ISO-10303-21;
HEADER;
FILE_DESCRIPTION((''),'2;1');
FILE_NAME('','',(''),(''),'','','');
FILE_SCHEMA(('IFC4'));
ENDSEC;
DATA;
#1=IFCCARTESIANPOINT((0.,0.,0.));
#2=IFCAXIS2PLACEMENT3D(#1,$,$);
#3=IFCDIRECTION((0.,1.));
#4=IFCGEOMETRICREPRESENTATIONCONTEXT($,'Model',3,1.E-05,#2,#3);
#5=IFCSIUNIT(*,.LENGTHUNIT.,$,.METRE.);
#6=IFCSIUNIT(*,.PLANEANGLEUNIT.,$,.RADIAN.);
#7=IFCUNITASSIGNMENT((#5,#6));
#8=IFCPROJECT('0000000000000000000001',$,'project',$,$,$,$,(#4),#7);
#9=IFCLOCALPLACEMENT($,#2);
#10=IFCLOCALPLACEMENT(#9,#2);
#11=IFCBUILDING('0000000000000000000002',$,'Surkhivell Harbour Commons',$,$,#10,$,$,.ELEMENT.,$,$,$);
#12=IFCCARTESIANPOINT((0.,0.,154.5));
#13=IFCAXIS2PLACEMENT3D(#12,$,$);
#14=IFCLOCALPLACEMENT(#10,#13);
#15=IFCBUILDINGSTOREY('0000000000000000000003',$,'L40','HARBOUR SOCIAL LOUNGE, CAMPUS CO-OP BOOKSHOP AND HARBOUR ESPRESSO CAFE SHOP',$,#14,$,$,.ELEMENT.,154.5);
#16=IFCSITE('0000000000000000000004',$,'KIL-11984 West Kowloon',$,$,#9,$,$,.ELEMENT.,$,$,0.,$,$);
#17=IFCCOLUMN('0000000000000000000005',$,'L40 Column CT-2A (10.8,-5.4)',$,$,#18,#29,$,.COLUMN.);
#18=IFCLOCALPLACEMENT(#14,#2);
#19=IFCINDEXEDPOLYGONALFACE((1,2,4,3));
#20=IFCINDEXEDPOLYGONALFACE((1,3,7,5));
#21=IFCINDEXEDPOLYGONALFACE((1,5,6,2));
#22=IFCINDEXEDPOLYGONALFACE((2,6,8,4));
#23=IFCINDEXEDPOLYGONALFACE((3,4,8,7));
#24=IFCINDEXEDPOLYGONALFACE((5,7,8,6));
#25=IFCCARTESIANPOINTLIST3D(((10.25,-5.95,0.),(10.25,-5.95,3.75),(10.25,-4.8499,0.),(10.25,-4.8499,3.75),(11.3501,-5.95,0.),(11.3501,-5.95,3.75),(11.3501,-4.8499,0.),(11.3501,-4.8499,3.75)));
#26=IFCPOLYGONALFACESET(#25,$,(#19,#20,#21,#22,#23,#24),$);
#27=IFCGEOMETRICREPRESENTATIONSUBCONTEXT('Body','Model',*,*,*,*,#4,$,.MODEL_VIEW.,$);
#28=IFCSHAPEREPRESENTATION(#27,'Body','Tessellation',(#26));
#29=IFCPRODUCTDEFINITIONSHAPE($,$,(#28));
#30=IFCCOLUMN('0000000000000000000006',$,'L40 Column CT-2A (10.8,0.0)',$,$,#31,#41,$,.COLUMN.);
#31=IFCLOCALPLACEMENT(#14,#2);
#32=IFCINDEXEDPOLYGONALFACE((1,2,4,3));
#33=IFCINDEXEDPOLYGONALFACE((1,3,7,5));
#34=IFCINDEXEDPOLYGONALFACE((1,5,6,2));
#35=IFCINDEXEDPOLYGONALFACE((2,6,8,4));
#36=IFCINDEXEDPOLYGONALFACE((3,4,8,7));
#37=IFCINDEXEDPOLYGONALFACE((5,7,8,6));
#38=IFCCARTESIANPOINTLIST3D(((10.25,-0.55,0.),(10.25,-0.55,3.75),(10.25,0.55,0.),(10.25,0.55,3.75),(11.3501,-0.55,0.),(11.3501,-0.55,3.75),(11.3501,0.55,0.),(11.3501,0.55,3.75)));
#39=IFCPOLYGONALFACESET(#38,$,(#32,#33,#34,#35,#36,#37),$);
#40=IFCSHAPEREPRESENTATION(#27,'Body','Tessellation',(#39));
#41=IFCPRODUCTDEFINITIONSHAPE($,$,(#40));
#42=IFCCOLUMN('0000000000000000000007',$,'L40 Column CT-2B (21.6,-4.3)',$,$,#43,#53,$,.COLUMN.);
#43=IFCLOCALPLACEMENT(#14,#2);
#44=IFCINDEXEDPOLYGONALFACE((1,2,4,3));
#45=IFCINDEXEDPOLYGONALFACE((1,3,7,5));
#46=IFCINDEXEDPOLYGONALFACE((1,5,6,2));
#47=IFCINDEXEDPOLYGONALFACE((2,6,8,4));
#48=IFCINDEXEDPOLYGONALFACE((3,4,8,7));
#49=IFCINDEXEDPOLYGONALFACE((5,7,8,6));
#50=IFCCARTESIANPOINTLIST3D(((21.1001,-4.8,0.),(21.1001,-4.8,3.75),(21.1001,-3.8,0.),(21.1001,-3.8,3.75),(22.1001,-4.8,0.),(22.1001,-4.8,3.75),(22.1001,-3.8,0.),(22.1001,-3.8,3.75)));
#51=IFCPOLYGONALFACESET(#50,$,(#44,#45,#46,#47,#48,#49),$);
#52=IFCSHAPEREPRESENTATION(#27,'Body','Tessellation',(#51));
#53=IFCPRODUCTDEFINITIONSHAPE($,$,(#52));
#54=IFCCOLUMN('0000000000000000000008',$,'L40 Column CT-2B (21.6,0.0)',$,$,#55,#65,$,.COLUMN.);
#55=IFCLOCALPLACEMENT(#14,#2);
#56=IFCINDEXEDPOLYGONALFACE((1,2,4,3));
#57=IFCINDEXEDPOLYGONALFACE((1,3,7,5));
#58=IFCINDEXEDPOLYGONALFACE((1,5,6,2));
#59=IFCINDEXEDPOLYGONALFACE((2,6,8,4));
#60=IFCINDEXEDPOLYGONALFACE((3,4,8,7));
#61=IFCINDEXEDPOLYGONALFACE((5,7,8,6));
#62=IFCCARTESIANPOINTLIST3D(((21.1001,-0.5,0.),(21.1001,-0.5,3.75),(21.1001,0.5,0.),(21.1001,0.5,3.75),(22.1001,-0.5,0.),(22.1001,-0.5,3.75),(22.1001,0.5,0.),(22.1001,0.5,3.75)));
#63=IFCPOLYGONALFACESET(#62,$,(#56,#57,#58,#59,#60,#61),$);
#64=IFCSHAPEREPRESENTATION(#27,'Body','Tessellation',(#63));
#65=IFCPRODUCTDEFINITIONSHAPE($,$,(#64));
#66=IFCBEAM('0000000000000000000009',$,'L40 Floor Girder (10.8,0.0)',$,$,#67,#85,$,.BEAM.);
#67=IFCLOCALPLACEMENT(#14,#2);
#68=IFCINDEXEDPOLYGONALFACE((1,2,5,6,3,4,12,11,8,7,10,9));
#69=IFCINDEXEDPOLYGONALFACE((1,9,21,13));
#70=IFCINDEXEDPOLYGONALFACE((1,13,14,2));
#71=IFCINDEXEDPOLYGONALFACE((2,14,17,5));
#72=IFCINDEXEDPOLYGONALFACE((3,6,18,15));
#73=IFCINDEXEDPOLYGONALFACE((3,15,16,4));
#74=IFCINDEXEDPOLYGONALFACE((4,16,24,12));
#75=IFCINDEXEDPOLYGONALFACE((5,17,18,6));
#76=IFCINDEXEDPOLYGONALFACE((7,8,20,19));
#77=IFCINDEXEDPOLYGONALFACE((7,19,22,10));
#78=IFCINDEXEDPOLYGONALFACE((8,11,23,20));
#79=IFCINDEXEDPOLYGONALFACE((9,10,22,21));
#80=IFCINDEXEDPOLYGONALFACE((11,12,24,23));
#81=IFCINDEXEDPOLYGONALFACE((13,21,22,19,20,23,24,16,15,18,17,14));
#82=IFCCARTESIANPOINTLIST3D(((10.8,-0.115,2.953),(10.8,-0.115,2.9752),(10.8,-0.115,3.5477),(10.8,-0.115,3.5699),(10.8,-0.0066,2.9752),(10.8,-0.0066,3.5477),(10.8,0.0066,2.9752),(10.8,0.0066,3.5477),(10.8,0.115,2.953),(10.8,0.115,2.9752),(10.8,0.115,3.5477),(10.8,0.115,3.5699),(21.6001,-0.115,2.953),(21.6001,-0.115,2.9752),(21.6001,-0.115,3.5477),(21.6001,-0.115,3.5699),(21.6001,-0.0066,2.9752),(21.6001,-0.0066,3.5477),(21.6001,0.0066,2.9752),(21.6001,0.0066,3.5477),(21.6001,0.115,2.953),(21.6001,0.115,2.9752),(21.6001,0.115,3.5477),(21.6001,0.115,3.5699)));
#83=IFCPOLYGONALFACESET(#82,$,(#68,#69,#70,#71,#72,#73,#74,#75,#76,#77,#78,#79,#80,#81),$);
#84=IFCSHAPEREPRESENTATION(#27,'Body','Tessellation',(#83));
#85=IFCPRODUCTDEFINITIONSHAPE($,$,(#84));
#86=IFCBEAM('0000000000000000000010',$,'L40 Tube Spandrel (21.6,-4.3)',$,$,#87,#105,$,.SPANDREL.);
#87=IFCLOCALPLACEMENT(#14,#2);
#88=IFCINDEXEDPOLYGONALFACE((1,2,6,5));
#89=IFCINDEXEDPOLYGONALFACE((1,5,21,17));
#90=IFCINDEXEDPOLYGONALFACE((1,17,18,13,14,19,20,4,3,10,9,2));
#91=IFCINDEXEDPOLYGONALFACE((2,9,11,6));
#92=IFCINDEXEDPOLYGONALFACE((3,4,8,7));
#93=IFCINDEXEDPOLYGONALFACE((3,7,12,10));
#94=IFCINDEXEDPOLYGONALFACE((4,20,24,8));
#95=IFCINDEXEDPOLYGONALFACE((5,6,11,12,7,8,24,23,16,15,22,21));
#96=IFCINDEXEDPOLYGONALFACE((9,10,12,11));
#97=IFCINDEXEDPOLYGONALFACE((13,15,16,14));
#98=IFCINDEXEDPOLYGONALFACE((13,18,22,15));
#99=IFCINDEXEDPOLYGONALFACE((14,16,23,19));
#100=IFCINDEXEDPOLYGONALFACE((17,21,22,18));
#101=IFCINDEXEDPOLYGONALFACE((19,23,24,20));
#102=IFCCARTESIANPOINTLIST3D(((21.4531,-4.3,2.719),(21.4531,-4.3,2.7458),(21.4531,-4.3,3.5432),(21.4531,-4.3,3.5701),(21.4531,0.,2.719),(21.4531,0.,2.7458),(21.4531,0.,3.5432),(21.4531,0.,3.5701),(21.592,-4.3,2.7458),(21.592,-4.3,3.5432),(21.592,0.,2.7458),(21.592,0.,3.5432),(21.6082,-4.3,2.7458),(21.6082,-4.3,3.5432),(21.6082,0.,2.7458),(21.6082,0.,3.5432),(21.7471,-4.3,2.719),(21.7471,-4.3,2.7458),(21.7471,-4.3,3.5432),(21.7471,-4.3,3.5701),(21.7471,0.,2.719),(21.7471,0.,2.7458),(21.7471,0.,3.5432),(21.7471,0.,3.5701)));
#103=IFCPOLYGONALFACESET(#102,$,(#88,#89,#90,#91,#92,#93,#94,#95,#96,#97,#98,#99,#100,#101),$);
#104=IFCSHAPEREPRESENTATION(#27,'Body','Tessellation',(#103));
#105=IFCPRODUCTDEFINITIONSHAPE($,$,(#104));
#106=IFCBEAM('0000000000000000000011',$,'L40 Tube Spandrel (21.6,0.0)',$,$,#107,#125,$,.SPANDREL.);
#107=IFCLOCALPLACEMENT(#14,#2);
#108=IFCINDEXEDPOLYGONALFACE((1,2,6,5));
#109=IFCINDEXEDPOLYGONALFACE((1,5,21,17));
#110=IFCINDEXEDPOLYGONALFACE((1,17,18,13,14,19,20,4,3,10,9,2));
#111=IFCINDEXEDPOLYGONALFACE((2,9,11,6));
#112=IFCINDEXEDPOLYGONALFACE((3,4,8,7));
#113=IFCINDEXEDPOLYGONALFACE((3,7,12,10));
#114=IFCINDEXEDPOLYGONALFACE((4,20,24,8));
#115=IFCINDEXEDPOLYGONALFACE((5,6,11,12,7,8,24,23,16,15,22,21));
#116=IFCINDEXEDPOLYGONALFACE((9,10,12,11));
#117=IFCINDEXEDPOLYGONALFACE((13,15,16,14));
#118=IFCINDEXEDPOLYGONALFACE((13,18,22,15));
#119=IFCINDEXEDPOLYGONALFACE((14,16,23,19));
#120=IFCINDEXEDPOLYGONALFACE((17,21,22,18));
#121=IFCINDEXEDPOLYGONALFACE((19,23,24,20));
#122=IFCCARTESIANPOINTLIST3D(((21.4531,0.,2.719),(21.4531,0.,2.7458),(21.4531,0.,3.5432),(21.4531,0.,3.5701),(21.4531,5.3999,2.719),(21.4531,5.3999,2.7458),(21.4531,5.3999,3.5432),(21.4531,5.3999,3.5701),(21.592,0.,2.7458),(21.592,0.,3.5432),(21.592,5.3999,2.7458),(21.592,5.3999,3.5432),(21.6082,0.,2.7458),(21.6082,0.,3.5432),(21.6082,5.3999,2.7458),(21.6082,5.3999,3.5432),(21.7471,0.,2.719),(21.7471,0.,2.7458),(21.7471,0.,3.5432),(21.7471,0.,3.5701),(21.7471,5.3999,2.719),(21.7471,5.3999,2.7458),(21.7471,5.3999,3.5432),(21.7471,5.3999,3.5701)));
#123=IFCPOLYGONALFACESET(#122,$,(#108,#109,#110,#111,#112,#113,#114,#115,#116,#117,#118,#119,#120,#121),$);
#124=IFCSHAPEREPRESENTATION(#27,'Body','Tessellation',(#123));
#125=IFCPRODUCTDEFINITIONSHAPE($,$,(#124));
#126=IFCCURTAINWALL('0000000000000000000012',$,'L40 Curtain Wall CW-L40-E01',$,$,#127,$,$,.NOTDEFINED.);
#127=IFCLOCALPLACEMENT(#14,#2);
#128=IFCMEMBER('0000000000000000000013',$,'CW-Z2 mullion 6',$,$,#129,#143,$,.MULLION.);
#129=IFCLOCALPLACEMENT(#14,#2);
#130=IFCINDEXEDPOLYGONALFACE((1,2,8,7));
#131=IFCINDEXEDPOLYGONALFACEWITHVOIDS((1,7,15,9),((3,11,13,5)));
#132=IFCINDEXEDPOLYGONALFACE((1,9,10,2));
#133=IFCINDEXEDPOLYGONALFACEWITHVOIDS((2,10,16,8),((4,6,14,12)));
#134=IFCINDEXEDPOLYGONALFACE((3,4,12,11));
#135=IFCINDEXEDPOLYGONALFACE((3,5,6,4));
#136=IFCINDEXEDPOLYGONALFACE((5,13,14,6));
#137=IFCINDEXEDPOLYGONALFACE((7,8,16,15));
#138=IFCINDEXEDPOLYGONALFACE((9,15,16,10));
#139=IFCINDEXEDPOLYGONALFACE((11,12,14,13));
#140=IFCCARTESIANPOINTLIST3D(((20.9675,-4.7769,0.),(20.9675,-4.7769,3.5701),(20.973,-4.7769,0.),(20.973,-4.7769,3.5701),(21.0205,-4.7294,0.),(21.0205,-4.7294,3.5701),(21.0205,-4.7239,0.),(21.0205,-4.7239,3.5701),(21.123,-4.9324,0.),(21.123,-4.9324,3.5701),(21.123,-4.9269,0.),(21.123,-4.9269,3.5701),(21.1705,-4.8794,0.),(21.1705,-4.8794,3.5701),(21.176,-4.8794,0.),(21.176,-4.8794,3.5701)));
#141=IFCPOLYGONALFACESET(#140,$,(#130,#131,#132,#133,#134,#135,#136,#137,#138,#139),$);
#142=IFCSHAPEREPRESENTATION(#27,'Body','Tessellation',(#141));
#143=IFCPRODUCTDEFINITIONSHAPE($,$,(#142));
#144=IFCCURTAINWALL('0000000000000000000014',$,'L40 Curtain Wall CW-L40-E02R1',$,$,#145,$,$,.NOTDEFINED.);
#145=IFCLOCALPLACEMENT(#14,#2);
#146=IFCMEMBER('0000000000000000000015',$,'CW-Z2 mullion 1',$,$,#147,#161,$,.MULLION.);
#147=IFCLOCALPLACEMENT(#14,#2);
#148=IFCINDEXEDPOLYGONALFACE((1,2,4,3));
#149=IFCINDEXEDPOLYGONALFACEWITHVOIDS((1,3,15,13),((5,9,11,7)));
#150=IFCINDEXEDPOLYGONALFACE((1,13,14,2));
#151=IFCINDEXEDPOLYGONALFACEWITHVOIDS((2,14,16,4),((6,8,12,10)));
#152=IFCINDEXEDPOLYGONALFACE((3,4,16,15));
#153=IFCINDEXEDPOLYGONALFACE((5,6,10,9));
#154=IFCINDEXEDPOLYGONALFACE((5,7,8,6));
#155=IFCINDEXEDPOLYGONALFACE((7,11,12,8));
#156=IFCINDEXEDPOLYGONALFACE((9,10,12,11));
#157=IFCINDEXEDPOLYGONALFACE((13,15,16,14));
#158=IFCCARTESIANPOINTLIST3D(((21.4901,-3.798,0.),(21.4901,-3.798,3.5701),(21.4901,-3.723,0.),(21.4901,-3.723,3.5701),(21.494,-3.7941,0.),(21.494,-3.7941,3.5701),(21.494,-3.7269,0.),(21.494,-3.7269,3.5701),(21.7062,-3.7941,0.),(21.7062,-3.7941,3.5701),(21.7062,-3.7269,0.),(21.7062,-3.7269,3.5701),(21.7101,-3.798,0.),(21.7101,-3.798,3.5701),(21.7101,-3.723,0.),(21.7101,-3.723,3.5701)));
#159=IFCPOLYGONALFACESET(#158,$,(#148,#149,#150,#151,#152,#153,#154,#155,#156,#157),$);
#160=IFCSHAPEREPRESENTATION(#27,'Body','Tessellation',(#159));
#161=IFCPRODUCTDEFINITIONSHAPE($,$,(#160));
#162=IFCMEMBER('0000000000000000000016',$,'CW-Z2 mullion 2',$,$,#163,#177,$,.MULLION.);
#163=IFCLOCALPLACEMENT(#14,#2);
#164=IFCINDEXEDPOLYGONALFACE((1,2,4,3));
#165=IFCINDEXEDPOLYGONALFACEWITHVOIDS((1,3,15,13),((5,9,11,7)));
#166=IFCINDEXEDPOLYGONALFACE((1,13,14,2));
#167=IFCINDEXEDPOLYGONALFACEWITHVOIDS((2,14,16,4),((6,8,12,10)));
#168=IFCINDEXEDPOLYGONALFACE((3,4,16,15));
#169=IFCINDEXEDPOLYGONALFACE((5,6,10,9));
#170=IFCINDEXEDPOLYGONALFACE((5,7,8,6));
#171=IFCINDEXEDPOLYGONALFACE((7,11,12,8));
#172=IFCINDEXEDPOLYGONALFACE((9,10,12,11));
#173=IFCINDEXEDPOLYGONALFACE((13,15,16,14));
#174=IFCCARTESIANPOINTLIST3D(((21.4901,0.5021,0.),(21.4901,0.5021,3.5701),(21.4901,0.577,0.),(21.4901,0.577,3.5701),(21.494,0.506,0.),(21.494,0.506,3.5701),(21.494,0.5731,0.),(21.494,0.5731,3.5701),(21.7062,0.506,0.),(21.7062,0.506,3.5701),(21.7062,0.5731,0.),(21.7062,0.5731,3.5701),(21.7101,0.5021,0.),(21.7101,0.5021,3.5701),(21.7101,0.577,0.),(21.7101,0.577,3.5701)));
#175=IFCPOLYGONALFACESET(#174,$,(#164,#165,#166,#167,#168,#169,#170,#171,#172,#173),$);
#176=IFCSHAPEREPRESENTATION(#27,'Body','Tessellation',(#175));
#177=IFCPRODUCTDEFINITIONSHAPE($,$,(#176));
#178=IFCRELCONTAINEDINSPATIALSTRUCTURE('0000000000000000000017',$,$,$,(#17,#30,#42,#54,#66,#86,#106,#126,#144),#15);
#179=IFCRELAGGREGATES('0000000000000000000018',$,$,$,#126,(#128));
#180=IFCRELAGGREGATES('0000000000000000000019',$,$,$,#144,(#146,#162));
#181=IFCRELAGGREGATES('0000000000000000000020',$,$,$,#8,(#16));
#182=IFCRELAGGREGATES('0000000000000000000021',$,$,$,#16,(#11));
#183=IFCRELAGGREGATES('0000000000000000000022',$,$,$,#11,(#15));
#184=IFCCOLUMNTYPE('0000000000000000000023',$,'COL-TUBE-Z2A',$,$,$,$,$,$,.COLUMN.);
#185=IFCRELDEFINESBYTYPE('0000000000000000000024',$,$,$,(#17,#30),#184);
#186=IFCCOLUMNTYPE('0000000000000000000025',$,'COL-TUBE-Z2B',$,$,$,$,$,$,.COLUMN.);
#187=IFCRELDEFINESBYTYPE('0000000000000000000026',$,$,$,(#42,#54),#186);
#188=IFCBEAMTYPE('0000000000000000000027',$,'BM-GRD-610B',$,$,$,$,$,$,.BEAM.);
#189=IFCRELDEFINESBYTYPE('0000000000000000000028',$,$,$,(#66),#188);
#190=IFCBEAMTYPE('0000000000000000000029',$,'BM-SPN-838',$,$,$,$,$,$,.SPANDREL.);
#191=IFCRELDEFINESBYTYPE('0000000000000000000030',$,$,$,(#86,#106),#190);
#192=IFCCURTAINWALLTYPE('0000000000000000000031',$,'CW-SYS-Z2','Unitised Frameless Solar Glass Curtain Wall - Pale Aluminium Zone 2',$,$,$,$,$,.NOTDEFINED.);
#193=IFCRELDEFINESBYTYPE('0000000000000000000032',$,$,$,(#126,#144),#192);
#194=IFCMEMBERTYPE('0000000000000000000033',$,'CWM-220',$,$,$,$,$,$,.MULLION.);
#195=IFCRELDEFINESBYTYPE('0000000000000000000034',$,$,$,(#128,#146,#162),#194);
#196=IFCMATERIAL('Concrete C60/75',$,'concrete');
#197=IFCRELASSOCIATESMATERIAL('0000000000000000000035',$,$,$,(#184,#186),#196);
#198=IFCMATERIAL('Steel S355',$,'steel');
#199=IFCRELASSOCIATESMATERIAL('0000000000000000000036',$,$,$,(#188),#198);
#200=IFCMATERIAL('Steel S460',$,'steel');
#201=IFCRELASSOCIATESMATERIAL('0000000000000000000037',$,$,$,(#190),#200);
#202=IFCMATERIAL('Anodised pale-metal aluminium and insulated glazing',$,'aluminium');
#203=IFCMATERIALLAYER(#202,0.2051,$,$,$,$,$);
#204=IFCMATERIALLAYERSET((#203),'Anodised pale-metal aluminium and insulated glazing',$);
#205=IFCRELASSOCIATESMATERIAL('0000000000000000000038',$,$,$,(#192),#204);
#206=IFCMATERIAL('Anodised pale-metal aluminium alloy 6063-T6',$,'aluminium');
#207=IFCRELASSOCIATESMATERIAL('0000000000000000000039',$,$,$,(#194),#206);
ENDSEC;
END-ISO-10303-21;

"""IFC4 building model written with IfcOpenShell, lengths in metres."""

from ifc_helpers import new_model, si_unit, direction, frame, origin, origin_2d, place, context, subcontext, project, spatial, rectangle, hollow_rectangle, i_section, extrude, material, layer, layer_set, material_profile, profile_set, type_object, element, aggregate, save


model = new_model("IFC4")

# Units and contexts
model_context = context("Model", 3, precision=1e-05, world=origin(), true_north=direction((0.0, 1.0)))
body_context = subcontext(model_context, "Body", "Model", "MODEL_VIEW")
ifc_project = project(units=[si_unit("LENGTHUNIT", "METRE"), si_unit("PLANEANGLEUNIT", "RADIAN")], contexts=[model_context])

# Site, building, storey
site_placement = place(None, origin())
site = spatial("IfcSite", under=ifc_project, at=site_placement, Name="KIL-11984 West Kowloon", CompositionType="ELEMENT", RefElevation=0.0)
building_placement = place(site_placement, origin())
building = spatial("IfcBuilding", under=site, at=building_placement, Name="Surkhivell Harbour Commons", CompositionType="ELEMENT")
storey_placement = place(building_placement, frame((0.0, 0.0, 154.5)))
storey = spatial("IfcBuildingStorey", under=building, at=storey_placement, Name="L40", Description="HARBOUR SOCIAL LOUNGE, CAMPUS CO-OP BOOKSHOP AND HARBOUR ESPRESSO CAFE SHOP", CompositionType="ELEMENT", Elevation=154.5)

# Columns
ifc_material_1 = material(Name="Concrete C60/75", Category="concrete")
ifc_material_profile_1 = material_profile(ifc_material_1, rectangle(XDim=1.1001, YDim=1.1001, at=origin_2d()), Name="RC-COL-1100x1100")
ifc_profile_set_1 = profile_set([ifc_material_profile_1], Name="Concrete C60/75")
column_type_1 = type_object("IfcColumnType", Name="COL-TUBE-Z2A", PredefinedType="COLUMN", material=ifc_profile_set_1)
for number, where, z_axis, x_axis, name in (
    (1, (10.8, -5.3999, 0.0), (0.0, 0.0, 1.0), (1.0, 0.0, 0.0), "L40 Column CT-2A (10.8,-5.4)"),
    (2, (10.8, 0.0, 0.0), (0.0, 0.0, 1.0), (1.0, 0.0, 0.0), "L40 Column CT-2A (10.8,0.0)"),
):
    element("IfcColumn", number, at=place(storey_placement, frame(where, z_axis=z_axis, x_axis=x_axis)), inside=storey, type_object=column_type_1, Name=name, PredefinedType="COLUMN", context=body_context, shape_type="SweptSolid", body=[
        extrude(rectangle(XDim=1.1001, YDim=1.1001, at=origin_2d()), origin(), (0.0, 0.0, 1.0), 3.75),
    ])
ifc_material_profile_2 = material_profile(ifc_material_1, rectangle(XDim=1.0, YDim=1.0, at=origin_2d()), Name="RC-COL-1000x1000")
ifc_profile_set_2 = profile_set([ifc_material_profile_2], Name="Concrete C60/75")
column_type_2 = type_object("IfcColumnType", Name="COL-TUBE-Z2B", PredefinedType="COLUMN", material=ifc_profile_set_2)
for number, where, z_axis, x_axis, name in (
    (3, (21.6001, -4.3, 0.0), (0.0, 0.0, 1.0), (1.0, 0.0, 0.0), "L40 Column CT-2B (21.6,-4.3)"),
    (4, (21.6001, 0.0, 0.0), (0.0, 0.0, 1.0), (1.0, 0.0, 0.0), "L40 Column CT-2B (21.6,0.0)"),
):
    element("IfcColumn", number, at=place(storey_placement, frame(where, z_axis=z_axis, x_axis=x_axis)), inside=storey, type_object=column_type_2, Name=name, PredefinedType="COLUMN", context=body_context, shape_type="SweptSolid", body=[
        extrude(rectangle(XDim=1.0, YDim=1.0, at=origin_2d()), origin(), (0.0, 0.0, 1.0), 3.75),
    ])

# Beams
ifc_material_2 = material(Name="Steel S355", Category="steel")
ifc_material_profile_3 = material_profile(ifc_material_2, i_section(OverallWidth=0.23, OverallDepth=0.6169, WebThickness=0.0132, FlangeThickness=0.0222, at=origin_2d()), Name="UB610x229x140")
ifc_profile_set_3 = profile_set([ifc_material_profile_3], Name="Steel S355")
beam_type_1 = type_object("IfcBeamType", Name="BM-GRD-610B", PredefinedType="BEAM", material=ifc_profile_set_3)
beam_1_placement = place(storey_placement, frame((10.8, 0.0, 3.2615), z_axis=(1.0, 0.0, 0.0), x_axis=(0.0, 1.0, 0.0)))
element("IfcBeam", 5, at=beam_1_placement, inside=storey, type_object=beam_type_1, Name="L40 Floor Girder (10.8,0.0)", PredefinedType="BEAM", context=body_context, shape_type="SweptSolid", body=[
    extrude(i_section(OverallWidth=0.23, OverallDepth=0.6169, WebThickness=0.0132, FlangeThickness=0.0222, at=origin_2d()), origin(), (0.0, 0.0, 1.0), 10.8),
])
ifc_material_3 = material(Name="Steel S460", Category="steel")
ifc_material_profile_4 = material_profile(ifc_material_3, i_section(OverallWidth=0.2939, OverallDepth=0.8511, WebThickness=0.0161, FlangeThickness=0.0269, at=origin_2d()), Name="UB838x292x226")
ifc_profile_set_4 = profile_set([ifc_material_profile_4], Name="Steel S460")
beam_type_2 = type_object("IfcBeamType", Name="BM-SPN-838", PredefinedType="SPANDREL", material=ifc_profile_set_4)
beam_2_placement = place(storey_placement, frame((21.6001, -4.3, 3.1445), z_axis=(0.0, 1.0, 0.0), x_axis=(-1.0, 0.0, 0.0)))
element("IfcBeam", 6, at=beam_2_placement, inside=storey, type_object=beam_type_2, Name="L40 Tube Spandrel (21.6,-4.3)", PredefinedType="SPANDREL", context=body_context, shape_type="SweptSolid", body=[
    extrude(i_section(OverallWidth=0.2939, OverallDepth=0.8511, WebThickness=0.0161, FlangeThickness=0.0269, at=origin_2d()), origin(), (0.0, 0.0, 1.0), 4.3),
])
beam_3_placement = place(storey_placement, frame((21.6001, 0.0, 3.1445), z_axis=(0.0, 1.0, 0.0), x_axis=(-1.0, 0.0, 0.0)))
element("IfcBeam", 7, at=beam_3_placement, inside=storey, type_object=beam_type_2, Name="L40 Tube Spandrel (21.6,0.0)", PredefinedType="SPANDREL", context=body_context, shape_type="SweptSolid", body=[
    extrude(i_section(OverallWidth=0.2939, OverallDepth=0.8511, WebThickness=0.0161, FlangeThickness=0.0269, at=origin_2d()), origin(), (0.0, 0.0, 1.0), 5.3999),
])

# Curtain wall, member
ifc_material_4 = material(Name="Anodised pale-metal aluminium and insulated glazing", Category="aluminium")
ifc_layer_1 = layer(ifc_material_4, 0.2051)
ifc_layer_set_1 = layer_set([ifc_layer_1], Name="Anodised pale-metal aluminium and insulated glazing")
curtain_wall_type = type_object("IfcCurtainWallType", Name="CW-SYS-Z2", Description="Unitised Frameless Solar Glass Curtain Wall - Pale Aluminium Zone 2", PredefinedType="NOTDEFINED", material=ifc_layer_set_1)
curtain_wall_1_placement = place(storey_placement, origin())
curtain_wall_1 = element("IfcCurtainWall", 8, at=curtain_wall_1_placement, inside=storey, type_object=curtain_wall_type, Name="L40 Curtain Wall CW-L40-E01", PredefinedType="NOTDEFINED")
ifc_material_5 = material(Name="Anodised pale-metal aluminium alloy 6063-T6", Category="aluminium")
ifc_material_profile_5 = material_profile(ifc_material_5, hollow_rectangle(XDim=0.075, YDim=0.22, WallThickness=0.0039, at=origin_2d()), Name="ALU-MULL-75x220")
ifc_profile_set_5 = profile_set([ifc_material_profile_5], Name="Anodised pale-metal aluminium alloy 6063-T6")
member_type_1 = type_object("IfcMemberType", Name="CWM-220", PredefinedType="MULLION", material=ifc_profile_set_5)
member_1_placement = place(storey_placement, frame((21.0718, -4.8281, 0.0), z_axis=(0.0, 0.0, 1.0), x_axis=(0.707107, 0.707107, 0.0)))
member_1 = element("IfcMember", 9, at=member_1_placement, type_object=member_type_1, Name="CW-Z2 mullion 6", PredefinedType="MULLION", context=body_context, shape_type="SweptSolid", body=[
    extrude(hollow_rectangle(XDim=0.075, YDim=0.22, WallThickness=0.0039, at=origin_2d()), origin(), (0.0, 0.0, 1.0), 3.5701),
])
aggregate(curtain_wall_1, [member_1])

# Curtain wall, members
curtain_wall_2_placement = place(storey_placement, origin())
curtain_wall_2 = element("IfcCurtainWall", 10, at=curtain_wall_2_placement, inside=storey, type_object=curtain_wall_type, Name="L40 Curtain Wall CW-L40-E02R1", PredefinedType="NOTDEFINED")
member_2_placement = place(storey_placement, frame((21.6001, -3.7605, 0.0), z_axis=(0.0, 0.0, 1.0), x_axis=(0.0, 1.0, 0.0)))
member_2 = element("IfcMember", 11, at=member_2_placement, type_object=member_type_1, Name="CW-Z2 mullion 1", PredefinedType="MULLION", context=body_context, shape_type="SweptSolid", body=[
    extrude(hollow_rectangle(XDim=0.075, YDim=0.22, WallThickness=0.0039, at=origin_2d()), origin(), (0.0, 0.0, 1.0), 3.5701),
])
member_3_placement = place(storey_placement, frame((21.6001, 0.5396, 0.0), z_axis=(0.0, 0.0, 1.0), x_axis=(0.0, 1.0, 0.0)))
member_3 = element("IfcMember", 12, at=member_3_placement, type_object=member_type_1, Name="CW-Z2 mullion 2", PredefinedType="MULLION", context=body_context, shape_type="SweptSolid", body=[
    extrude(hollow_rectangle(XDim=0.075, YDim=0.22, WallThickness=0.0039, at=origin_2d()), origin(), (0.0, 0.0, 1.0), 3.5701),
])
aggregate(curtain_wall_2, [member_2, member_3])

save(model, "model.ifc")
